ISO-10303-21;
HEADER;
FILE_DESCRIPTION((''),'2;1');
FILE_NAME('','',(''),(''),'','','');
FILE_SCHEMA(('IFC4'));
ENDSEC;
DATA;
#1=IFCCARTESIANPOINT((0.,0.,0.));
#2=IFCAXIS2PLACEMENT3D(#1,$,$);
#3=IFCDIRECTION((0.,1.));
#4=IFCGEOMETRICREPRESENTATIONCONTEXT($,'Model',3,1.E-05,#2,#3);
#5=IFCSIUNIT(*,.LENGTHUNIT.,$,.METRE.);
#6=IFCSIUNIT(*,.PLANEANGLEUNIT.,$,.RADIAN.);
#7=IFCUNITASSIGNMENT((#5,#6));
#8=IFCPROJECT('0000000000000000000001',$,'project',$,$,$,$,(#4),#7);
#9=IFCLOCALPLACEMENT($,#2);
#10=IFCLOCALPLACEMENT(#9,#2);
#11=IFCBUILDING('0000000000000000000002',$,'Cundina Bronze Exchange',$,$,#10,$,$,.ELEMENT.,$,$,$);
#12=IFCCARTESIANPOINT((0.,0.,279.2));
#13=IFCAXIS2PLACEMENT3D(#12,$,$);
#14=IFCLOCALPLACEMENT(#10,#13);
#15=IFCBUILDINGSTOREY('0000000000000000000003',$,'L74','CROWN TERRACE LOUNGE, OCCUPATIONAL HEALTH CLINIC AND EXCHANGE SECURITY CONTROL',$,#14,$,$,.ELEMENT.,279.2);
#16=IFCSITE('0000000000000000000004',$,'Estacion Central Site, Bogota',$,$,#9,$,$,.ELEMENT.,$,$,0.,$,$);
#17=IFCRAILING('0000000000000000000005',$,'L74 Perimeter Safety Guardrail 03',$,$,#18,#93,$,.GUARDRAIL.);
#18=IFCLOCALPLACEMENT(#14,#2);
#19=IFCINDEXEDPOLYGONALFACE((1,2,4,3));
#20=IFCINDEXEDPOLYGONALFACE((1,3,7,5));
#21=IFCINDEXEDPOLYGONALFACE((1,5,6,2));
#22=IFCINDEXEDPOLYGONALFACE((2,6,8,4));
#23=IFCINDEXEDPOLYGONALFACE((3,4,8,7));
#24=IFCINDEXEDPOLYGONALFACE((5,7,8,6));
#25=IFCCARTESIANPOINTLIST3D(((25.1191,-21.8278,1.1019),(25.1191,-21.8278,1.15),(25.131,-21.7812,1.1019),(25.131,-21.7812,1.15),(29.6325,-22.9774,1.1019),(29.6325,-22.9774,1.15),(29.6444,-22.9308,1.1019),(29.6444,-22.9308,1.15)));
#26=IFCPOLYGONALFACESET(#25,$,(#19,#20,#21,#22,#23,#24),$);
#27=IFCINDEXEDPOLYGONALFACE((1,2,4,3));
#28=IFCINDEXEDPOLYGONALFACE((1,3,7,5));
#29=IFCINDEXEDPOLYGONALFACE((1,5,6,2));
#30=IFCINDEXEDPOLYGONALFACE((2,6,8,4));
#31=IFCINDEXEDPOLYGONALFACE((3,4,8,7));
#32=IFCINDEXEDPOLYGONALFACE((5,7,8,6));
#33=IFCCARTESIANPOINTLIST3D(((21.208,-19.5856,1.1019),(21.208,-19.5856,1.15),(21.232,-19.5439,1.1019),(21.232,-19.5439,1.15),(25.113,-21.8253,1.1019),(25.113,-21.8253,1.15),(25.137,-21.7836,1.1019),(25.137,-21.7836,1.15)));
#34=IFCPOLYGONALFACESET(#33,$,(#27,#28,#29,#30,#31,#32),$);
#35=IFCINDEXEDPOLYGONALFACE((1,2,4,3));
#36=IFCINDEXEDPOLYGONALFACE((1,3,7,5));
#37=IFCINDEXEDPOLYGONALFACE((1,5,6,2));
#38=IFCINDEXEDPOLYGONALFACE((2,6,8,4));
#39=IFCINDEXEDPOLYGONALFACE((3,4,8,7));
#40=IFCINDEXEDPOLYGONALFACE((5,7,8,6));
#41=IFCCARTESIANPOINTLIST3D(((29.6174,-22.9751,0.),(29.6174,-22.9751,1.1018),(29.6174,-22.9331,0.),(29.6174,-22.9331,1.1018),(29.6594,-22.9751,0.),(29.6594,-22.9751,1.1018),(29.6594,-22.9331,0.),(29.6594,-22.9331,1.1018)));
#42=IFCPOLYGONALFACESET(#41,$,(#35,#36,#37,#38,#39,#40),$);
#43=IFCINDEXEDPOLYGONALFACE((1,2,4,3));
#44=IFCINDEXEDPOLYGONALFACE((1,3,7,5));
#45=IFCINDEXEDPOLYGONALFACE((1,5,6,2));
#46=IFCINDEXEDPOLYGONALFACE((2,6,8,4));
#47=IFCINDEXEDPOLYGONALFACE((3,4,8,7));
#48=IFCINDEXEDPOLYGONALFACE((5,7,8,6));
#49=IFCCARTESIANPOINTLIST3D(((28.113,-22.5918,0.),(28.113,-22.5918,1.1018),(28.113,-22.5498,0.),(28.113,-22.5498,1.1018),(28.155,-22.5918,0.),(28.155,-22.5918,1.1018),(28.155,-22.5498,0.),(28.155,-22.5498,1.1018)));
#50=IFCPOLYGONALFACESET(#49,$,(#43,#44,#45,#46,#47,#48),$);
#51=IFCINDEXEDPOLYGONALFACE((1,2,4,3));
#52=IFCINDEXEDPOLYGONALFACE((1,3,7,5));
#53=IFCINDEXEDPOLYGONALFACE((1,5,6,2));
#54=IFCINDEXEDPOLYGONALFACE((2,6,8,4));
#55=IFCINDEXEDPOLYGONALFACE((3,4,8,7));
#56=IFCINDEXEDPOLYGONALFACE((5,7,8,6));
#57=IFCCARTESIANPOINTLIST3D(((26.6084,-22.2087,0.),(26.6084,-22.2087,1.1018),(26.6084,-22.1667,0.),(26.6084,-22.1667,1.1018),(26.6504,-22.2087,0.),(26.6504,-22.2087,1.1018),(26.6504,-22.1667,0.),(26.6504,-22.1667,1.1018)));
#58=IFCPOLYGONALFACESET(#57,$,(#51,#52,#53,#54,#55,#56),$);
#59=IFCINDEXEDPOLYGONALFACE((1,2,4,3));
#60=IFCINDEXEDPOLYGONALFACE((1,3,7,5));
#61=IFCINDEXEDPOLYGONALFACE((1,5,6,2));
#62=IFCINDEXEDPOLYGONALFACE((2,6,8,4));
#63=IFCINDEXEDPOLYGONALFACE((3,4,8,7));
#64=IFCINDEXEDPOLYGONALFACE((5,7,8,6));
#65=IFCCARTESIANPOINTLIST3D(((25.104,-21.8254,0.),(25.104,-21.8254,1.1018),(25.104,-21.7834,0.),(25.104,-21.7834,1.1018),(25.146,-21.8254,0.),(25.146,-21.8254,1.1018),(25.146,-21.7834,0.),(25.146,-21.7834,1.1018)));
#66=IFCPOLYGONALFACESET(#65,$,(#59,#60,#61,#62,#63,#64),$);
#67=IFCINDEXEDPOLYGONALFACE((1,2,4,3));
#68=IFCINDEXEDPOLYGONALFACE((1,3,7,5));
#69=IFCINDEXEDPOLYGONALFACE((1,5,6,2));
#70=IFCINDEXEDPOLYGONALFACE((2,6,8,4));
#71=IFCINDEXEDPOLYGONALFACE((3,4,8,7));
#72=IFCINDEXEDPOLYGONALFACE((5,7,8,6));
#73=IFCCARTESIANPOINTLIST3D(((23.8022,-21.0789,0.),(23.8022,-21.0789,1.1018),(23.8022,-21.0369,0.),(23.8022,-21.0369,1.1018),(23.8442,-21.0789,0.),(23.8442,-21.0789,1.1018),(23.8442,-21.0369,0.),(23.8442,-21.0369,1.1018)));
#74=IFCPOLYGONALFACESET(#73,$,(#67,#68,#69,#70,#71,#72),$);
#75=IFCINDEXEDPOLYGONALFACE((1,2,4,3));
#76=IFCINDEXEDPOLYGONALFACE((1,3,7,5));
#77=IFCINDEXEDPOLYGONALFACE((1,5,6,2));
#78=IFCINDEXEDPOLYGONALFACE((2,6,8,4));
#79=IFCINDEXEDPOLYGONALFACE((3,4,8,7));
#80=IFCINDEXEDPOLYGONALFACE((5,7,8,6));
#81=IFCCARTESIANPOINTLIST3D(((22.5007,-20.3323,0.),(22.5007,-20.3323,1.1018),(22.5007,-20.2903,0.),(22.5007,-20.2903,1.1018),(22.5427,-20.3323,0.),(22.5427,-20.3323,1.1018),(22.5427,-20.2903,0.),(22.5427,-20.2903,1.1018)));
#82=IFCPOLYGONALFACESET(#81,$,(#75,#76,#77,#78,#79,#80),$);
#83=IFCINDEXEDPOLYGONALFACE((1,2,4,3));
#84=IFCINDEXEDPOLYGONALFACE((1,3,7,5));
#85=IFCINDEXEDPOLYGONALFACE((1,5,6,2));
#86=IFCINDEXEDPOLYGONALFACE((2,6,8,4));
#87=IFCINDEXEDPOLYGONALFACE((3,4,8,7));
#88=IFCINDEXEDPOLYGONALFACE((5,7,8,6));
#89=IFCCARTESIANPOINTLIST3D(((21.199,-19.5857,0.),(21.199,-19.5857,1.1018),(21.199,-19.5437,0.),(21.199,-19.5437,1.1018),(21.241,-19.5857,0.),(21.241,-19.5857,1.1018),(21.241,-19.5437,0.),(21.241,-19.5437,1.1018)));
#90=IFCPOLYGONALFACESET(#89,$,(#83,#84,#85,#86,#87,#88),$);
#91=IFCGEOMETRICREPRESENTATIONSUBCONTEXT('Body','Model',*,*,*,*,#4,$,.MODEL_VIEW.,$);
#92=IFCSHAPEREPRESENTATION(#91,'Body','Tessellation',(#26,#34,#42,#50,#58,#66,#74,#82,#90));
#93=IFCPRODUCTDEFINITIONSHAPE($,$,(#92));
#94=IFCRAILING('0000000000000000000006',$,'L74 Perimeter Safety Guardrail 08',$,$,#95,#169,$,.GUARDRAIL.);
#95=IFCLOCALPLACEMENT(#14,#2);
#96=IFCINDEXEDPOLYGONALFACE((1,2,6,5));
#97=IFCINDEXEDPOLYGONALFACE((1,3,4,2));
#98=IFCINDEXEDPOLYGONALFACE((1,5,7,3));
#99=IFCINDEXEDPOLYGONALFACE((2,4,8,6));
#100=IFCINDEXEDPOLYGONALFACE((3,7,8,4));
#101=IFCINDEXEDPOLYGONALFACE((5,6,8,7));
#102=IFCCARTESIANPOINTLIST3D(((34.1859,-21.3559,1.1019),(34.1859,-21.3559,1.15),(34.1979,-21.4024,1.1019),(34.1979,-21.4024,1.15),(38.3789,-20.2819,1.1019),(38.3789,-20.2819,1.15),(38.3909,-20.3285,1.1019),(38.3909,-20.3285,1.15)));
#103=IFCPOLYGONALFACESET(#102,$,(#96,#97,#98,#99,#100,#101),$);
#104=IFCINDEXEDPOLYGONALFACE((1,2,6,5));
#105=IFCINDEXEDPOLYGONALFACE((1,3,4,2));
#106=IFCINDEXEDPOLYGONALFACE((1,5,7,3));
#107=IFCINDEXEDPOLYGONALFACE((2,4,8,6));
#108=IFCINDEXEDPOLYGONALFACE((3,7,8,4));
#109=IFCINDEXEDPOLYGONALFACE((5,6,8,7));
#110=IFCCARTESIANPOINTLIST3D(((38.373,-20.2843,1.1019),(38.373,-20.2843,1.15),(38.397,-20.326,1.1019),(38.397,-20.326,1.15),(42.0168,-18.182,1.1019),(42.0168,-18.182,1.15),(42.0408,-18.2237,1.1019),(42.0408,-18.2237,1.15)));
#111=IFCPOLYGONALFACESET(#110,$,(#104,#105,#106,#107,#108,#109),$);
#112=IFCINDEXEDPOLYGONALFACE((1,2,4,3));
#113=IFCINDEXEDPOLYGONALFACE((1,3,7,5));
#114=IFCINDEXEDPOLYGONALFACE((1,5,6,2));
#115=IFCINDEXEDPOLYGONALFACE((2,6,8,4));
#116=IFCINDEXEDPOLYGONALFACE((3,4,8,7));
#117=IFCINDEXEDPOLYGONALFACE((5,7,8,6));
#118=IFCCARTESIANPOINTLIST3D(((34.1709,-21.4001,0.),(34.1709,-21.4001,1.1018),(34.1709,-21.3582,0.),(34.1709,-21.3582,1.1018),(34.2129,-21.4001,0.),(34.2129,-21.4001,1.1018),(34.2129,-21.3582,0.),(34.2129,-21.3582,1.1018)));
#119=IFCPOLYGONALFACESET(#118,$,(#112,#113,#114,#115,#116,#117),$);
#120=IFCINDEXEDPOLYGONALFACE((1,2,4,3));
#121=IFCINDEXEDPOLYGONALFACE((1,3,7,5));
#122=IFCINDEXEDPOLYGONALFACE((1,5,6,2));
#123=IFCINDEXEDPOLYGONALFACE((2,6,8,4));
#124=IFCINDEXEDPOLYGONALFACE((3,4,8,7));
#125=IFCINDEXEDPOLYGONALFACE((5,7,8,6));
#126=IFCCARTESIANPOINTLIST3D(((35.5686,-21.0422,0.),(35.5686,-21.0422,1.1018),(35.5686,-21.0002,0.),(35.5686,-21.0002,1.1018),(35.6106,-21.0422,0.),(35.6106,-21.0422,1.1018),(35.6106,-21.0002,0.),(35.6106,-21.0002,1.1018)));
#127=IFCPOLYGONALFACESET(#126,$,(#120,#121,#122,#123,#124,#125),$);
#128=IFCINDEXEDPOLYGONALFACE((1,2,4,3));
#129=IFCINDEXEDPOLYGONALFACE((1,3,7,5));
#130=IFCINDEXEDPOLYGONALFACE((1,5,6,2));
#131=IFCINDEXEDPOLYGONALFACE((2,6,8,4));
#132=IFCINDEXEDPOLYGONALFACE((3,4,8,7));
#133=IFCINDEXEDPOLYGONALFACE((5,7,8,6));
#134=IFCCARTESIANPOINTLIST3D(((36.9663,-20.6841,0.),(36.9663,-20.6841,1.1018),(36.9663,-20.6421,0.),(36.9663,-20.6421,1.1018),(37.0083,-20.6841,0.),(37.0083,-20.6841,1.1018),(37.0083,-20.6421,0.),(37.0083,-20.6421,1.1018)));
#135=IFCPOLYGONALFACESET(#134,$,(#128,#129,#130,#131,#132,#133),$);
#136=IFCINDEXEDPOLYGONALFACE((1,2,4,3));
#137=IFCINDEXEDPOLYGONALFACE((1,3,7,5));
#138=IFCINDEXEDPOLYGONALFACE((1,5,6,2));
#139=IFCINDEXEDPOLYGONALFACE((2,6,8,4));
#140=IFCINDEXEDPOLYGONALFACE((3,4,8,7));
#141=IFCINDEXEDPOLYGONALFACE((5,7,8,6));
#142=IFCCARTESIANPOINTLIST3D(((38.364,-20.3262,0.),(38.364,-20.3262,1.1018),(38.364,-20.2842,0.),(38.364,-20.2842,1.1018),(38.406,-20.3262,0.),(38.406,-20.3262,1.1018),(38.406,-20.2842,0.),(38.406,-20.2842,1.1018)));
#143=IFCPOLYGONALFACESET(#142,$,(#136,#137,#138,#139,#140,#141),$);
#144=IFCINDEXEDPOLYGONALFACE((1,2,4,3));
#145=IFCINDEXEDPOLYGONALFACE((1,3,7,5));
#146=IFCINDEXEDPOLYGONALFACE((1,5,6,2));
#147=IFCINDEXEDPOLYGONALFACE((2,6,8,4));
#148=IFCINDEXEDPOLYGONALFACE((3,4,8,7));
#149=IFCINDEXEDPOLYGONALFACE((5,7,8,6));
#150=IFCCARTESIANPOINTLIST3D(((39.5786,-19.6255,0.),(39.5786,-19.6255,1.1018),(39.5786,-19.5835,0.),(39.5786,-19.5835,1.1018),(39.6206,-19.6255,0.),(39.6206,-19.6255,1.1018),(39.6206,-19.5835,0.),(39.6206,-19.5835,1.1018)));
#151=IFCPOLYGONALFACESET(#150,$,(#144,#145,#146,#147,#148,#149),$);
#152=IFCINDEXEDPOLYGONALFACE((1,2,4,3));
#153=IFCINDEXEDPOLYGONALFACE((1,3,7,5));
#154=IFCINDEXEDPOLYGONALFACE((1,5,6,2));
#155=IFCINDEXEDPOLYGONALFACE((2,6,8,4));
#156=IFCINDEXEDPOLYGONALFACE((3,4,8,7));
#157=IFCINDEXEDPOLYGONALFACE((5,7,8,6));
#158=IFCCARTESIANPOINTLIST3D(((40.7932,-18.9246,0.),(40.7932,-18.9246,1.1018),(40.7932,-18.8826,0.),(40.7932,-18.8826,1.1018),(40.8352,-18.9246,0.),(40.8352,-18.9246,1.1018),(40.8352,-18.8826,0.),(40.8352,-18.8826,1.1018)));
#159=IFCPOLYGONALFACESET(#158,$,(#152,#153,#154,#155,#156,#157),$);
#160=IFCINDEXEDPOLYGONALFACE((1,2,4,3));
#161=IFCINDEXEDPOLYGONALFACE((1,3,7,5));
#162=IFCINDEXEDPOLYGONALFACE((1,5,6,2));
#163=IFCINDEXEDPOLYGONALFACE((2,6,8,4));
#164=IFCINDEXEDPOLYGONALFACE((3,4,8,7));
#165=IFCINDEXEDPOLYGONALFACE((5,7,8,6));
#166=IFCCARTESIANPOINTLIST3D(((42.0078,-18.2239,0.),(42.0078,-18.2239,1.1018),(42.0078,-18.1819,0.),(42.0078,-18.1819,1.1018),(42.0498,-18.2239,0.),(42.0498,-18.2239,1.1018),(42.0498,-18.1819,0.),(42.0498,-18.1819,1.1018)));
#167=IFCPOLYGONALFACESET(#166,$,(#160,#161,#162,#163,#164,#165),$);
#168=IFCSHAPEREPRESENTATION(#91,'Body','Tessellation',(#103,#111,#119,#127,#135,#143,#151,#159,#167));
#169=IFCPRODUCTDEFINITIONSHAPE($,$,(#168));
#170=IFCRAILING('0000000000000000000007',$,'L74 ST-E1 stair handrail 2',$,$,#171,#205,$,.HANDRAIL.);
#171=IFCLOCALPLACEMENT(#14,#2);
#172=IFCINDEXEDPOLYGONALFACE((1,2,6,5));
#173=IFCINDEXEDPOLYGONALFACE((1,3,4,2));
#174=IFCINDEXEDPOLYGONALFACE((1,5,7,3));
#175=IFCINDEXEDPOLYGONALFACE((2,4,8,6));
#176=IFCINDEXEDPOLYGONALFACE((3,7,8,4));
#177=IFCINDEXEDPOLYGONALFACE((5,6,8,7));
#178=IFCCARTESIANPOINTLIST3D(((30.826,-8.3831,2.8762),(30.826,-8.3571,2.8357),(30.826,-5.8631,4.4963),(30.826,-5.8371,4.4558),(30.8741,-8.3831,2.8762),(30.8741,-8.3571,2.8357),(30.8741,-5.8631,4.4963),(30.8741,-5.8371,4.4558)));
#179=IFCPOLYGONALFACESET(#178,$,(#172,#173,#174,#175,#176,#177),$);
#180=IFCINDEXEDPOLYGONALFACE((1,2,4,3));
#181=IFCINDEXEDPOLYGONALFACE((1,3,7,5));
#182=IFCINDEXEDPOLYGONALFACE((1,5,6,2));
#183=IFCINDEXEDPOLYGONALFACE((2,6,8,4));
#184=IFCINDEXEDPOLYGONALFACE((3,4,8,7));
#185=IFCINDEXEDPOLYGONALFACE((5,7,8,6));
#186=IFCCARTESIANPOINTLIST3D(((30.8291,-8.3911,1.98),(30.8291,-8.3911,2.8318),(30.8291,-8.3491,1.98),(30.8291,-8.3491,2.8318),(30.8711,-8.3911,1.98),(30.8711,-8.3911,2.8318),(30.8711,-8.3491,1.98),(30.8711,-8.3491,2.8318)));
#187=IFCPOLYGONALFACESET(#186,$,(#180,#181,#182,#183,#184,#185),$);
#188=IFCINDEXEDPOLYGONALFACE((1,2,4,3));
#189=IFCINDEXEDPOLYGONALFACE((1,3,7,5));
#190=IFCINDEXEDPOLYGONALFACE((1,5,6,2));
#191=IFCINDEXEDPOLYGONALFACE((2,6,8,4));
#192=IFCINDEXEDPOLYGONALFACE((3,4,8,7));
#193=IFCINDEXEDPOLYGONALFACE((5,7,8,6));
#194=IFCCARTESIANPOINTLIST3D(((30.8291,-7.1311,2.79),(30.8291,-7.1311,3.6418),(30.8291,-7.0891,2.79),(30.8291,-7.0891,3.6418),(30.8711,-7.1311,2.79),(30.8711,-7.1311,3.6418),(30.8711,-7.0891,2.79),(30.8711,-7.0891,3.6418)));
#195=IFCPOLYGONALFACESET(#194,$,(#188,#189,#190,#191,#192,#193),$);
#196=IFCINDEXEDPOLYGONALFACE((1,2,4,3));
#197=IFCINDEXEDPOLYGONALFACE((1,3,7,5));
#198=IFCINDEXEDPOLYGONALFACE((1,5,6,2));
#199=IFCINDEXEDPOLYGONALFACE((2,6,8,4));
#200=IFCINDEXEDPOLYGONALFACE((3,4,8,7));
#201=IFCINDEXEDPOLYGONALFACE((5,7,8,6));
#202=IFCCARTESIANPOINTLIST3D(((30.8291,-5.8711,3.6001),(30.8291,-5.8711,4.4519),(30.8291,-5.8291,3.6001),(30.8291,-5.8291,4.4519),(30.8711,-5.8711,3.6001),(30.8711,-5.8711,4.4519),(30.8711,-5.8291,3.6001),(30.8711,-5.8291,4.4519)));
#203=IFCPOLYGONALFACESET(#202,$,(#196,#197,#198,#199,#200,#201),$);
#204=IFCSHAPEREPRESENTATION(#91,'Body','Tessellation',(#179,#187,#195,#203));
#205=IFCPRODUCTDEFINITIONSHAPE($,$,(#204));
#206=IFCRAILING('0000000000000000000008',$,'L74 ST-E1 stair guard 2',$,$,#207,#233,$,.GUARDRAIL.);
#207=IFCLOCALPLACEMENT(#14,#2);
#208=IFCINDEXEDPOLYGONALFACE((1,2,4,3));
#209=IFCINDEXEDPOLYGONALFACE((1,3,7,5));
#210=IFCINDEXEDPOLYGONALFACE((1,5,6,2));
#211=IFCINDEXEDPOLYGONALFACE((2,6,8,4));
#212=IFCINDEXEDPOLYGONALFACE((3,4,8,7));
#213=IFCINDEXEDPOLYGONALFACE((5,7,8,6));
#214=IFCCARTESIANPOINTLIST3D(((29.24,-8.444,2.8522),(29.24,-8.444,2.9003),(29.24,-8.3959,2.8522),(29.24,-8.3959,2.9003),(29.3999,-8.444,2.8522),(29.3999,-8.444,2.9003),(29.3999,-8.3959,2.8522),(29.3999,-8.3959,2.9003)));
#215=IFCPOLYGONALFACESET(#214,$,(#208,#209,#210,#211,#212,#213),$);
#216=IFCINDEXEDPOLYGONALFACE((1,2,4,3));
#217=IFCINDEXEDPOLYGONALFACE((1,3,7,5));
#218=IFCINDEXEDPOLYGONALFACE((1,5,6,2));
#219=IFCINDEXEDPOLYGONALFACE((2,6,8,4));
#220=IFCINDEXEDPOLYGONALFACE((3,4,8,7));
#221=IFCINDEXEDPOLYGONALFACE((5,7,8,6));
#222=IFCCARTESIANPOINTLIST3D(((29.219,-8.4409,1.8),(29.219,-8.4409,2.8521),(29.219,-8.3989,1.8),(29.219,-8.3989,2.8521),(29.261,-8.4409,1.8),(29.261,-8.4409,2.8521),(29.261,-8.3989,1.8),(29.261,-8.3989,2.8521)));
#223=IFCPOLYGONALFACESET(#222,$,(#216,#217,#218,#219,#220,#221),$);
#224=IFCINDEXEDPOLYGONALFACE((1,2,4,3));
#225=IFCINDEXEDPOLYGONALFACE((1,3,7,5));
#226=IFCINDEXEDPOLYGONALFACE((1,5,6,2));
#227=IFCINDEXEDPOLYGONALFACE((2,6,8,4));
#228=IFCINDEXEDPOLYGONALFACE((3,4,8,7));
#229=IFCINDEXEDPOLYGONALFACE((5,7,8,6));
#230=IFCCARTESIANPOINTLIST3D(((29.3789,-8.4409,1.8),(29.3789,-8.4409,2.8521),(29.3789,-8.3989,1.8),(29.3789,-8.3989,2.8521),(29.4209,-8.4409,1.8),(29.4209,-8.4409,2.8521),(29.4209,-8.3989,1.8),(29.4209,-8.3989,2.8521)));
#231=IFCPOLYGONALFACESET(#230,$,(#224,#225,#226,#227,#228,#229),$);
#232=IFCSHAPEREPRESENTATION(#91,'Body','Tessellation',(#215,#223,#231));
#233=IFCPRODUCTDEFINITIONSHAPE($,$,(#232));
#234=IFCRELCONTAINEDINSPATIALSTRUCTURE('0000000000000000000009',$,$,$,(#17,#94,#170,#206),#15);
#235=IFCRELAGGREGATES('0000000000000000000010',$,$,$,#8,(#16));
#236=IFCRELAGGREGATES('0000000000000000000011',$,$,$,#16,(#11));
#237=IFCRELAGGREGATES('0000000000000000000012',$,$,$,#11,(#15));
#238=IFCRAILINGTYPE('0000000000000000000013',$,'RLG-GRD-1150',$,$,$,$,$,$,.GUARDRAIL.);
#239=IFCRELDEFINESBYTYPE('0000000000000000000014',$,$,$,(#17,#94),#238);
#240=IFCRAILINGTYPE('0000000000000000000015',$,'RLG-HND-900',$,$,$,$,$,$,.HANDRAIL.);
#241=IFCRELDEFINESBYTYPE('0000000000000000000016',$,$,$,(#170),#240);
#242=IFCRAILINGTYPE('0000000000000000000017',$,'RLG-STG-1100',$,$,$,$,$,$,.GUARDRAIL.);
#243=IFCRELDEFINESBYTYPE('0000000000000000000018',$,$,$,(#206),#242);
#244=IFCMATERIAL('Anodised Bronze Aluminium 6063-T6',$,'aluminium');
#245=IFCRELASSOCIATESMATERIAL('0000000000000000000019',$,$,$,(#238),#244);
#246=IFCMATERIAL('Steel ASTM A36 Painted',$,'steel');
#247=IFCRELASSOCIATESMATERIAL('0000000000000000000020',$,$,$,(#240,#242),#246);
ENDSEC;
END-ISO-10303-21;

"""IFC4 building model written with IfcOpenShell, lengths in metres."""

from ifc_helpers import new_model, si_unit, direction, frame, origin, origin_2d, place, context, subcontext, project, spatial, rectangle, extrude, material, type_object, element, save


model = new_model("IFC4")

# Units and contexts
model_context = context("Model", 3, precision=1e-05, world=origin(), true_north=direction((0.0, 1.0)))
body_context = subcontext(model_context, "Body", "Model", "MODEL_VIEW")
ifc_project = project(units=[si_unit("LENGTHUNIT", "METRE"), si_unit("PLANEANGLEUNIT", "RADIAN")], contexts=[model_context])

# Site, building, storey
site_placement = place(None, origin())
site = spatial("IfcSite", under=ifc_project, at=site_placement, Name="Estacion Central Site, Bogota", CompositionType="ELEMENT", RefElevation=0.0)
building_placement = place(site_placement, origin())
building = spatial("IfcBuilding", under=site, at=building_placement, Name="Cundina Bronze Exchange", CompositionType="ELEMENT")
storey_placement = place(building_placement, frame((0.0, 0.0, 279.2)))
storey = spatial("IfcBuildingStorey", under=building, at=storey_placement, Name="L74", Description="CROWN TERRACE LOUNGE, OCCUPATIONAL HEALTH CLINIC AND EXCHANGE SECURITY CONTROL", CompositionType="ELEMENT", Elevation=279.2)

# Shared definitions
ifc_material_1 = material(Name="Anodised Bronze Aluminium 6063-T6", Category="aluminium")

# Railings
railing_type_1 = type_object("IfcRailingType", Name="RLG-GRD-1150", PredefinedType="GUARDRAIL", material=ifc_material_1)
railing_1_placement = place(storey_placement, frame((29.6384, -22.9541, 0.0)))
element("IfcRailing", 1, at=railing_1_placement, inside=storey, type_object=railing_type_1, Name="L74 Perimeter Safety Guardrail 03", PredefinedType="GUARDRAIL", context=body_context, shape_type="SweptSolid", body=[
    extrude(rectangle(XDim=0.0481, YDim=0.0481, at=origin_2d()), frame((0.0, 0.0, 1.126), z_axis=(-0.969057, 0.246838, 0.0), x_axis=(-0.246838, -0.969057, 0.0)), (0.0, 0.0, 1.0), 4.6575),
    extrude(rectangle(XDim=0.0481, YDim=0.0481, at=origin_2d()), frame((-4.5134, 1.1497, 1.126), z_axis=(-0.867448, 0.497528, 0.0), x_axis=(-0.497528, -0.867448, 0.0)), (0.0, 0.0, 1.0), 4.5017),
    extrude(rectangle(XDim=0.042, YDim=0.042, at=origin_2d()), origin(), (0.0, 0.0, 1.0), 1.1018),
    extrude(rectangle(XDim=0.042, YDim=0.042, at=origin_2d()), frame((-1.5044, 0.3833, 0.0)), (0.0, 0.0, 1.0), 1.1018),
    extrude(rectangle(XDim=0.042, YDim=0.042, at=origin_2d()), frame((-3.009, 0.7664, 0.0)), (0.0, 0.0, 1.0), 1.1018),
    extrude(rectangle(XDim=0.042, YDim=0.042, at=origin_2d()), frame((-4.5134, 1.1497, 0.0)), (0.0, 0.0, 1.0), 1.1018),
    extrude(rectangle(XDim=0.042, YDim=0.042, at=origin_2d()), frame((-5.8152, 1.8962, 0.0)), (0.0, 0.0, 1.0), 1.1018),
    extrude(rectangle(XDim=0.042, YDim=0.042, at=origin_2d()), frame((-7.1167, 2.6428, 0.0)), (0.0, 0.0, 1.0), 1.1018),
    extrude(rectangle(XDim=0.042, YDim=0.042, at=origin_2d()), frame((-8.4185, 3.3894, 0.0)), (0.0, 0.0, 1.0), 1.1018),
])
railing_2_placement = place(storey_placement, frame((34.1919, -21.3792, 0.0)))
element("IfcRailing", 2, at=railing_2_placement, inside=storey, type_object=railing_type_1, Name="L74 Perimeter Safety Guardrail 08", PredefinedType="GUARDRAIL", context=body_context, shape_type="SweptSolid", body=[
    extrude(rectangle(XDim=0.0481, YDim=0.0481, at=origin_2d()), frame((0.0, 0.0, 1.126), z_axis=(0.96873, 0.248119, 0.0), x_axis=(-0.248119, 0.96873, 0.0)), (0.0, 0.0, 1.0), 4.3284),
    extrude(rectangle(XDim=0.0481, YDim=0.0481, at=origin_2d()), frame((4.1931, 1.074, 1.126), z_axis=(0.866175, 0.499741, 0.0), x_axis=(-0.499741, 0.866175, 0.0)), (0.0, 0.0, 1.0), 4.2068),
    extrude(rectangle(XDim=0.042, YDim=0.042, at=origin_2d()), origin(), (0.0, 0.0, 1.0), 1.1018),
    extrude(rectangle(XDim=0.042, YDim=0.042, at=origin_2d()), frame((1.3977, 0.3579, 0.0)), (0.0, 0.0, 1.0), 1.1018),
    extrude(rectangle(XDim=0.042, YDim=0.042, at=origin_2d()), frame((2.7954, 0.7161, 0.0)), (0.0, 0.0, 1.0), 1.1018),
    extrude(rectangle(XDim=0.042, YDim=0.042, at=origin_2d()), frame((4.1931, 1.074, 0.0)), (0.0, 0.0, 1.0), 1.1018),
    extrude(rectangle(XDim=0.042, YDim=0.042, at=origin_2d()), frame((5.4077, 1.7747, 0.0)), (0.0, 0.0, 1.0), 1.1018),
    extrude(rectangle(XDim=0.042, YDim=0.042, at=origin_2d()), frame((6.6223, 2.4756, 0.0)), (0.0, 0.0, 1.0), 1.1018),
    extrude(rectangle(XDim=0.042, YDim=0.042, at=origin_2d()), frame((7.8369, 3.1763, 0.0)), (0.0, 0.0, 1.0), 1.1018),
])
ifc_material_2 = material(Name="Steel ASTM A36 Painted", Category="steel")
railing_type_2 = type_object("IfcRailingType", Name="RLG-HND-900", PredefinedType="HANDRAIL", material=ifc_material_2)
railing_3_placement = place(storey_placement, frame((30.8501, -8.3701, 1.98)))
element("IfcRailing", 3, at=railing_3_placement, inside=storey, type_object=railing_type_2, Name="L74 ST-E1 stair handrail 2", PredefinedType="HANDRAIL", context=body_context, shape_type="SweptSolid", body=[
    extrude(rectangle(XDim=0.0481, YDim=0.0481, at=origin_2d()), frame((0.0, 0.0, 0.876), z_axis=(0.0, 0.841163, 0.540782), x_axis=(-1.0, 0.0, 0.0)), (0.0, 0.0, 1.0), 2.9958),
    extrude(rectangle(XDim=0.042, YDim=0.042, at=origin_2d()), origin(), (0.0, 0.0, 1.0), 0.8518),
    extrude(rectangle(XDim=0.042, YDim=0.042, at=origin_2d()), frame((0.0, 1.26, 0.8101)), (0.0, 0.0, 1.0), 0.8518),
    extrude(rectangle(XDim=0.042, YDim=0.042, at=origin_2d()), frame((0.0, 2.52, 1.6201)), (0.0, 0.0, 1.0), 0.8518),
])
railing_type_3 = type_object("IfcRailingType", Name="RLG-STG-1100", PredefinedType="GUARDRAIL", material=ifc_material_2)
railing_4_placement = place(storey_placement, frame((29.24, -8.4199, 1.8)))
element("IfcRailing", 4, at=railing_4_placement, inside=storey, type_object=railing_type_3, Name="L74 ST-E1 stair guard 2", PredefinedType="GUARDRAIL", context=body_context, shape_type="SweptSolid", body=[
    extrude(rectangle(XDim=0.0481, YDim=0.0481, at=origin_2d()), frame((0.0, 0.0, 1.0762), z_axis=(1.0, 0.0, 0.0), x_axis=(0.0, 1.0, 0.0)), (0.0, 0.0, 1.0), 0.1599),
    extrude(rectangle(XDim=0.042, YDim=0.042, at=origin_2d()), origin(), (0.0, 0.0, 1.0), 1.052),
    extrude(rectangle(XDim=0.042, YDim=0.042, at=origin_2d()), frame((0.1599, 0.0, 0.0)), (0.0, 0.0, 1.0), 1.052),
])

save(model, "model.ifc")
